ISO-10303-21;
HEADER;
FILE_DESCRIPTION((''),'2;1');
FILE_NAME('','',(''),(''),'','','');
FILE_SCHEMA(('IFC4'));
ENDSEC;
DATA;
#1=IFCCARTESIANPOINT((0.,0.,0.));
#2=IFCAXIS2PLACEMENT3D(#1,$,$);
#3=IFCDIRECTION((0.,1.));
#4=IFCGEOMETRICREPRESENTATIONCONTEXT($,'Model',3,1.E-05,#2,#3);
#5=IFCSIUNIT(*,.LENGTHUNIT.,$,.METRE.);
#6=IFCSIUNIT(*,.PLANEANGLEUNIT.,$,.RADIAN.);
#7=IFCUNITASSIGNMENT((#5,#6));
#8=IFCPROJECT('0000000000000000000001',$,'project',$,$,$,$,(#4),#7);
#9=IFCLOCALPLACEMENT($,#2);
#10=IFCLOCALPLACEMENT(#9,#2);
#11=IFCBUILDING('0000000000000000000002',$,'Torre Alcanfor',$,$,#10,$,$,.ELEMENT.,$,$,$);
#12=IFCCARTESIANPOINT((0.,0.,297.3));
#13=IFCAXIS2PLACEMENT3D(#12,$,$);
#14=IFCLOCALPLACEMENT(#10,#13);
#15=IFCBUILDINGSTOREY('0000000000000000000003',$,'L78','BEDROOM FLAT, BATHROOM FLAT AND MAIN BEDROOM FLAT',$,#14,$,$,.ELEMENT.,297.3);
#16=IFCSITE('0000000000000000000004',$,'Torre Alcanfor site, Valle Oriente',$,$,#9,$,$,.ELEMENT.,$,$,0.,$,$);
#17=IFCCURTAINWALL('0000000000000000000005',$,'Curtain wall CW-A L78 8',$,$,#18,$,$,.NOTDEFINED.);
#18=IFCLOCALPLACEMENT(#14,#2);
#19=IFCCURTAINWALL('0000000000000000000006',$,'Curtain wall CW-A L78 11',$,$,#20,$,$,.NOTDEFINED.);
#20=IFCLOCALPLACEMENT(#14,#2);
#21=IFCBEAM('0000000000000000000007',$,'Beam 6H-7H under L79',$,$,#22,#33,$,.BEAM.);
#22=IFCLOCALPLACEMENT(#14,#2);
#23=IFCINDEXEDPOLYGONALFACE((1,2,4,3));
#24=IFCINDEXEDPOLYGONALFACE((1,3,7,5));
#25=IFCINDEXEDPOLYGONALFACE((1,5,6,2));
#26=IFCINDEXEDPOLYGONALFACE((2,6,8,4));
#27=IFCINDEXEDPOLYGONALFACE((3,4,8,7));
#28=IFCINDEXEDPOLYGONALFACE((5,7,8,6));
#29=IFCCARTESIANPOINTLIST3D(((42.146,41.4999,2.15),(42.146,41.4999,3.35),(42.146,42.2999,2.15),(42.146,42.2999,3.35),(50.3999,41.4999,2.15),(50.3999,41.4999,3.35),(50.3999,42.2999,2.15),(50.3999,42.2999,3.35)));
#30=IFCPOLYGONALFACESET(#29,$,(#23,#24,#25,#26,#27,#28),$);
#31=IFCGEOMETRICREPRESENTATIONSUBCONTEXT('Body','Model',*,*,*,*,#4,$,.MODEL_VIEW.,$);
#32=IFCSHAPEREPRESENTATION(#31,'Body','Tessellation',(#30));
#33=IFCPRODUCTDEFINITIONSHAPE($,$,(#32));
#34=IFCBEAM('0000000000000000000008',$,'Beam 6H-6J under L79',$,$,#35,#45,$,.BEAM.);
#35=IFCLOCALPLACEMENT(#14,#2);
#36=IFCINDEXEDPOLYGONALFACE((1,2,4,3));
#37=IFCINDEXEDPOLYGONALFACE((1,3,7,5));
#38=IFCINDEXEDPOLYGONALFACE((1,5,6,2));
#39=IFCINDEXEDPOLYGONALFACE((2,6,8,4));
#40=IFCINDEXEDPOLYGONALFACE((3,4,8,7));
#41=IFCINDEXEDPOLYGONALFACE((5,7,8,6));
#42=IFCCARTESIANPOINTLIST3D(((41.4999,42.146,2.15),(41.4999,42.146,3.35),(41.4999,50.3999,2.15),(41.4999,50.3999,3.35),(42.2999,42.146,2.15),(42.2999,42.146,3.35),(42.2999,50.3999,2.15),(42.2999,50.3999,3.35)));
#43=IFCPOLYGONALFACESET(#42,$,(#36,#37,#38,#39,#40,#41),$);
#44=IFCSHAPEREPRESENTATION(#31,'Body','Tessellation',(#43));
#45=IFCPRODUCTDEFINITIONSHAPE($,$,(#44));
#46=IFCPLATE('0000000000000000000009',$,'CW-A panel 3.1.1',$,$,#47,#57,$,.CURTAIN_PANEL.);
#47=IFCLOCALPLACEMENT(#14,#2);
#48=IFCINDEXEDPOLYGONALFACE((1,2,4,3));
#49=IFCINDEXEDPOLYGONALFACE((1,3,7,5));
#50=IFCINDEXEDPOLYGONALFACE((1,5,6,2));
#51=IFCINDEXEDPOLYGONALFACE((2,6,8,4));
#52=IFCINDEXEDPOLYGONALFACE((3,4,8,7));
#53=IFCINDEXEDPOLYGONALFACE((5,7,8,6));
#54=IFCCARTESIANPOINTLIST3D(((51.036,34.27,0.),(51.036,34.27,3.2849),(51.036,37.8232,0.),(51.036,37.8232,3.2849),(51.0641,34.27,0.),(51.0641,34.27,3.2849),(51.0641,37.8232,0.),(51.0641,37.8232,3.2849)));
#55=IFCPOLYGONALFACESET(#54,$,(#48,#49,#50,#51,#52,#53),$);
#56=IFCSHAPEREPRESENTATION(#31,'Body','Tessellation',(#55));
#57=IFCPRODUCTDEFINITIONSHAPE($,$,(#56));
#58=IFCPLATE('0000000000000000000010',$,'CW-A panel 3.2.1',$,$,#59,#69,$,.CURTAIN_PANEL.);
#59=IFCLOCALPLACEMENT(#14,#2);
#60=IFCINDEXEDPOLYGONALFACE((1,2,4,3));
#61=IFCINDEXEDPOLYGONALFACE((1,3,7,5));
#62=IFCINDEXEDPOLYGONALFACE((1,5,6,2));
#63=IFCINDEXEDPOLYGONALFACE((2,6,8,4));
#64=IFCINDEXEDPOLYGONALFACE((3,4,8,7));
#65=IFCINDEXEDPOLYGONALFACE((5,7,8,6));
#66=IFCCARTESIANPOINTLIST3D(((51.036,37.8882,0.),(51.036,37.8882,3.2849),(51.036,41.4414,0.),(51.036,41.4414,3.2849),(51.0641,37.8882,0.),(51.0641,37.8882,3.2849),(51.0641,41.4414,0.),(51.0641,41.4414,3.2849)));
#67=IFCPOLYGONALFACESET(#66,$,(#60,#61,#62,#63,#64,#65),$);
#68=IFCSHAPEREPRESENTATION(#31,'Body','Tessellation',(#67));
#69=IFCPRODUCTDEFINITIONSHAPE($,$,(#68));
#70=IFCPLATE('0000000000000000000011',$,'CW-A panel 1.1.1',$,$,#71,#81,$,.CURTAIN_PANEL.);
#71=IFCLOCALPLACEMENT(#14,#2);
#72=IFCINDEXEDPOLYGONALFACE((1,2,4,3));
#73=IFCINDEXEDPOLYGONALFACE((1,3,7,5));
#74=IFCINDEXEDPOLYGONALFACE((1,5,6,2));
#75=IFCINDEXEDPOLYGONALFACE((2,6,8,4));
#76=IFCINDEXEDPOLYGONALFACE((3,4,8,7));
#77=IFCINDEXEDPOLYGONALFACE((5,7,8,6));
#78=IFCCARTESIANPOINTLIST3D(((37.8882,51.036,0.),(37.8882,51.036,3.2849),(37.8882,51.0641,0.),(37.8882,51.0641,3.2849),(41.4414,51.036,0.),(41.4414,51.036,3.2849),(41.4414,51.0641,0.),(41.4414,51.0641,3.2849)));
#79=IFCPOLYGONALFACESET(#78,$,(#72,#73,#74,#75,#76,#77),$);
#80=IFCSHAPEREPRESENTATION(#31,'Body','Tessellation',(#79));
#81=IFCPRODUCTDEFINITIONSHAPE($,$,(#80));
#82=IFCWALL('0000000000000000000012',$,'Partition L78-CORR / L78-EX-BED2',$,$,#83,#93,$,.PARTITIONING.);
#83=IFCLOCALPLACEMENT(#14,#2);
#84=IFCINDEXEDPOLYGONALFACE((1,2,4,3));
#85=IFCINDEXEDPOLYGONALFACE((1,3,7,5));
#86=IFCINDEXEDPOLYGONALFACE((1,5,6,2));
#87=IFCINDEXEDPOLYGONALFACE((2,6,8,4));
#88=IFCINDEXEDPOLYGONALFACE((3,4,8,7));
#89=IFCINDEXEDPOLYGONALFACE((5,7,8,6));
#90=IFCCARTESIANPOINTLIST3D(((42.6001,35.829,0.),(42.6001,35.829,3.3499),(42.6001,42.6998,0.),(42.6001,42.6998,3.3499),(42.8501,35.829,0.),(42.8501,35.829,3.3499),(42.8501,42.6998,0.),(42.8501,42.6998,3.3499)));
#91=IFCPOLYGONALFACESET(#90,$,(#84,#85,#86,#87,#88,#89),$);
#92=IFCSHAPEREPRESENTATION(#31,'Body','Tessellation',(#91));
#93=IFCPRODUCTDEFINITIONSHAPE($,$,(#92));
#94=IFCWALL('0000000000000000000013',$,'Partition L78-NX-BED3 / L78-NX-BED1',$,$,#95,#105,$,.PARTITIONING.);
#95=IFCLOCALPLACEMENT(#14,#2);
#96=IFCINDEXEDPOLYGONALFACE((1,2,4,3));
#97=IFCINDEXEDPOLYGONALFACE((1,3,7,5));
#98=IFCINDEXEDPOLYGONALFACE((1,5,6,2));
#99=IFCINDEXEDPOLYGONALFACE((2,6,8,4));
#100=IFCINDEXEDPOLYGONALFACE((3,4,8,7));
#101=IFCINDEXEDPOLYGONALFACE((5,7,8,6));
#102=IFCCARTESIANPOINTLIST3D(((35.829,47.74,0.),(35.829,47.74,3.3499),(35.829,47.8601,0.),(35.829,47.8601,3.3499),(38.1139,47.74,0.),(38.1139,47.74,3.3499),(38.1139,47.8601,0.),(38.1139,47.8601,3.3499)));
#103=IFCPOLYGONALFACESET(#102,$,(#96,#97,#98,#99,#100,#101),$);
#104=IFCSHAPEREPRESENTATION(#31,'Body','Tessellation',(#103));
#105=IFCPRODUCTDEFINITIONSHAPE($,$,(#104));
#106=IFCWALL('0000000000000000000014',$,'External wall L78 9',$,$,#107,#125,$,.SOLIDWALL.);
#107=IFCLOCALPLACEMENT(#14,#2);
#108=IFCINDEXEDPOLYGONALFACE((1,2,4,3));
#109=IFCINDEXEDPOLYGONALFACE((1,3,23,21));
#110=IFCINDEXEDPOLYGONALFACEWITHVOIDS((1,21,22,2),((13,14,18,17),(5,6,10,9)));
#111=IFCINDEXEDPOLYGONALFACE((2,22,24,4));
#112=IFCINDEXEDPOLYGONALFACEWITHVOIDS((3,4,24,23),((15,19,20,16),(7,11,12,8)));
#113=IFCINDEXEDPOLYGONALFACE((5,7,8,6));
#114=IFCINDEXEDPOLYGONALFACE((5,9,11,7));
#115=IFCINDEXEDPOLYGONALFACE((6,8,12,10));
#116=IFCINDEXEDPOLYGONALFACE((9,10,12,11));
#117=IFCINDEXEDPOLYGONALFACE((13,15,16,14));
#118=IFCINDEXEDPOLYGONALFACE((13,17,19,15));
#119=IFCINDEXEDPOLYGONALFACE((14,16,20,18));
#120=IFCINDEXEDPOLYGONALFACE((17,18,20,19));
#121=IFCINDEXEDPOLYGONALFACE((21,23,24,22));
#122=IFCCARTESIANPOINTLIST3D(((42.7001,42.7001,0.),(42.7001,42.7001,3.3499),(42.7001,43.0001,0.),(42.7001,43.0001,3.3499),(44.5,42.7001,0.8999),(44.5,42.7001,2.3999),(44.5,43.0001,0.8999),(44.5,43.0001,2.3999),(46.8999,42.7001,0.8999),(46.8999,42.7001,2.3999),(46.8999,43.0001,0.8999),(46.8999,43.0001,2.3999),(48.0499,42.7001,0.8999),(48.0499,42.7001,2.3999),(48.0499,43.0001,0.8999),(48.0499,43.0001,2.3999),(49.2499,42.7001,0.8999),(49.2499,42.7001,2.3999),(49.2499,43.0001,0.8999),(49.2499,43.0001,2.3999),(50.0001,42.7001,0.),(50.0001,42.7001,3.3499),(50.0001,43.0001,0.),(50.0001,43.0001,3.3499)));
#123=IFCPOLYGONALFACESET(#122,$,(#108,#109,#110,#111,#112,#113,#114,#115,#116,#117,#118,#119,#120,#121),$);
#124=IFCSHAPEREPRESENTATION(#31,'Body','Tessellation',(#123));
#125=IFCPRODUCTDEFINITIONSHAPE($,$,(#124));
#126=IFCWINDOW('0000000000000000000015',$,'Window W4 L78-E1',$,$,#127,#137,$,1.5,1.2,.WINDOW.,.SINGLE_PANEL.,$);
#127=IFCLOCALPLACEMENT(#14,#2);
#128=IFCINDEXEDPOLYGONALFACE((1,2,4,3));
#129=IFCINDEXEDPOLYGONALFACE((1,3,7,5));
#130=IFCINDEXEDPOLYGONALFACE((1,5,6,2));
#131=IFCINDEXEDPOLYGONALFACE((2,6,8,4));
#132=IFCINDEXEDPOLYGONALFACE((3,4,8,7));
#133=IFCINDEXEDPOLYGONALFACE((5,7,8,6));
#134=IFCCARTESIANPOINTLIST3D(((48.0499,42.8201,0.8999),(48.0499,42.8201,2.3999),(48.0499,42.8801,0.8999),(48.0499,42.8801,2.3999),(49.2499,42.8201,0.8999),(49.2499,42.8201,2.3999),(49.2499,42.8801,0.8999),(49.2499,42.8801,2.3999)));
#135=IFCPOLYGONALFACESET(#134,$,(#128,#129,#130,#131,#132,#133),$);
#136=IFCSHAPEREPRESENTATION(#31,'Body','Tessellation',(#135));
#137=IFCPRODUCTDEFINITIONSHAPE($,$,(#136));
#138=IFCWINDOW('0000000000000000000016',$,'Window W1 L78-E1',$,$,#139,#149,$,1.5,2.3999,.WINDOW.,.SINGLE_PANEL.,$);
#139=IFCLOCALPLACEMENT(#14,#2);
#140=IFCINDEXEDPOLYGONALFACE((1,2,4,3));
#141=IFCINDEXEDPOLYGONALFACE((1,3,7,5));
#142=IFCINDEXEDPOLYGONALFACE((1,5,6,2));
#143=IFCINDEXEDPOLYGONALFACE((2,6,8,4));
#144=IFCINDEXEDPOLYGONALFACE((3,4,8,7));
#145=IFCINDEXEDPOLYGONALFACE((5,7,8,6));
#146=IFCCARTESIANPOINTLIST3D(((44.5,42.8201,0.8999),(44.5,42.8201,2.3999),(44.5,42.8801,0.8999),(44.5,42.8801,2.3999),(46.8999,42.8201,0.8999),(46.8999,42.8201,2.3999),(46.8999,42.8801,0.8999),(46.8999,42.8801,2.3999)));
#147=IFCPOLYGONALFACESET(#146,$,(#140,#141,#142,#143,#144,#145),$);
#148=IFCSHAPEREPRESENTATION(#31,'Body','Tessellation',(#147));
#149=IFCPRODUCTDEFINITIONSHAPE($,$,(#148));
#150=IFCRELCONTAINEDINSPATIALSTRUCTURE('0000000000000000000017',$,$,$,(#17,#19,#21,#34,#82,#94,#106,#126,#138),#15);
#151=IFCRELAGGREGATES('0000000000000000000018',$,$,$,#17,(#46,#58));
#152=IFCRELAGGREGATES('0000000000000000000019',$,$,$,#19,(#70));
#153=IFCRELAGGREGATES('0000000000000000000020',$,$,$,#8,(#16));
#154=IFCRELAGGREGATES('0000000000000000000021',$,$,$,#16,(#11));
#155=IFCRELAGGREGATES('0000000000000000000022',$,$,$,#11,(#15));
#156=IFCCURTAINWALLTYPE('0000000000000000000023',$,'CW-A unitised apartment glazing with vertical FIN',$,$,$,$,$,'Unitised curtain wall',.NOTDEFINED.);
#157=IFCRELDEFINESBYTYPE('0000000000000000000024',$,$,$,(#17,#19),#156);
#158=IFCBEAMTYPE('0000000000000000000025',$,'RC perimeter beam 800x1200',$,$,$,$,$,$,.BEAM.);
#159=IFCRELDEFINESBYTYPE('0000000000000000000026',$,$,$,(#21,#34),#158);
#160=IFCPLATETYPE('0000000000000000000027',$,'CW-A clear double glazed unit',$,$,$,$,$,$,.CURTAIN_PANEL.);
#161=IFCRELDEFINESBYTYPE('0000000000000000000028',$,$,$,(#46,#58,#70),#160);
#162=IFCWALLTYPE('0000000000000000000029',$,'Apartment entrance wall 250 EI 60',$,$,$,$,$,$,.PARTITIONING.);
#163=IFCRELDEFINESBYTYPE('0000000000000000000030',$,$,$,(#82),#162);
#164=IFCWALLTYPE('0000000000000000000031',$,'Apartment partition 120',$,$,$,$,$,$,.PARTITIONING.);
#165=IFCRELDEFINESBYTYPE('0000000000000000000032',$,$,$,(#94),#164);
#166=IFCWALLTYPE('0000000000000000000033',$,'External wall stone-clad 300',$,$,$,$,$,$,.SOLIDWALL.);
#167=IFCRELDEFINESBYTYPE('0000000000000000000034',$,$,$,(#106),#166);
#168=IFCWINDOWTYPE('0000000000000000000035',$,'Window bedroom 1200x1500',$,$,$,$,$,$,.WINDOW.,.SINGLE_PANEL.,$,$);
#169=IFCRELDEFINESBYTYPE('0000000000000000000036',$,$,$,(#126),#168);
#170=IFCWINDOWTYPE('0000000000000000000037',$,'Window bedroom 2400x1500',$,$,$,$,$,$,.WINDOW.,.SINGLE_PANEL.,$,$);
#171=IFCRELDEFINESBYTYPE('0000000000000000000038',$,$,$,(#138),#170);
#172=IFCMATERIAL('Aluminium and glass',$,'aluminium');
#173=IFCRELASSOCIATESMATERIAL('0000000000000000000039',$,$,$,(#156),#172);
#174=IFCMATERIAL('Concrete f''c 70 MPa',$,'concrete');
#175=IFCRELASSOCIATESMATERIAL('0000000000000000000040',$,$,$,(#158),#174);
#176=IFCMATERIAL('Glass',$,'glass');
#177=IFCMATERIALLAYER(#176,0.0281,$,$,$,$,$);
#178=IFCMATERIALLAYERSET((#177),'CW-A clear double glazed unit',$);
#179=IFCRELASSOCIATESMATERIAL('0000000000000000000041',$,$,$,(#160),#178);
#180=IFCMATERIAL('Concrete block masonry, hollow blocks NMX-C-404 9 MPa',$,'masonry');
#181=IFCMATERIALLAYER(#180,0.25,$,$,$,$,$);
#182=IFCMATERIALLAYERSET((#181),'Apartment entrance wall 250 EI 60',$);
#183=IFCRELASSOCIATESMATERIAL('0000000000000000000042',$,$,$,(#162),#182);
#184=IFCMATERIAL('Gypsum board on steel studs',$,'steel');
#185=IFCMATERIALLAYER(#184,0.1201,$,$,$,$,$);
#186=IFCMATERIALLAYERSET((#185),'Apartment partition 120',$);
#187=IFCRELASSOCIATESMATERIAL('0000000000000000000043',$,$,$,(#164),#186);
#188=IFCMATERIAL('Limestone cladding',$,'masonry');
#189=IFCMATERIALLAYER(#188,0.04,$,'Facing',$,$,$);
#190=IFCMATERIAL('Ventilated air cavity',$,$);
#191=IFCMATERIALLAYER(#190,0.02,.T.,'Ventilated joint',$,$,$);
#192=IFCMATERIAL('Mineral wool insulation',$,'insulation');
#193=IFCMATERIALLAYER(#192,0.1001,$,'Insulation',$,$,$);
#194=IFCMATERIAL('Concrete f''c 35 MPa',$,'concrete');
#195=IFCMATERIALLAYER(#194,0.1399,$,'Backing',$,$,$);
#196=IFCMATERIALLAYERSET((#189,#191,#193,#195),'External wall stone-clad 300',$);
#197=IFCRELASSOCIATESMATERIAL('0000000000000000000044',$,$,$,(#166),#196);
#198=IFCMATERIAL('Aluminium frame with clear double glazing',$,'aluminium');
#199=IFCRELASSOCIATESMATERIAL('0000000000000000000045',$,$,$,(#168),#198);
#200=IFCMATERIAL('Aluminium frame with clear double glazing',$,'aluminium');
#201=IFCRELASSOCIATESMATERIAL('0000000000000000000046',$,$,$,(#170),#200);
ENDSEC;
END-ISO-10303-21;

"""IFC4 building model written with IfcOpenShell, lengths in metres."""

from ifc_helpers import new_model, si_unit, direction, frame, frame_2d, origin, origin_2d, place, context, subcontext, project, spatial, rectangle, extrude, material, layer, layer_set, material_profile, profile_set, type_object, element, fill, aggregate, save


model = new_model("IFC4")

# Units and contexts
model_context = context("Model", 3, precision=1e-05, world=origin(), true_north=direction((0.0, 1.0)))
body_context = subcontext(model_context, "Body", "Model", "MODEL_VIEW")
ifc_project = project(units=[si_unit("LENGTHUNIT", "METRE"), si_unit("PLANEANGLEUNIT", "RADIAN")], contexts=[model_context])

# Site, building, storey
site_placement = place(None, origin())
site = spatial("IfcSite", under=ifc_project, at=site_placement, Name="Torre Alcanfor site, Valle Oriente", CompositionType="ELEMENT", RefElevation=0.0)
building_placement = place(site_placement, origin())
building = spatial("IfcBuilding", under=site, at=building_placement, Name="Torre Alcanfor", CompositionType="ELEMENT")
storey_placement = place(building_placement, frame((0.0, 0.0, 297.3)))
storey = spatial("IfcBuildingStorey", under=building, at=storey_placement, Name="L78", Description="BEDROOM FLAT, BATHROOM FLAT AND MAIN BEDROOM FLAT", CompositionType="ELEMENT", Elevation=297.3)

# Curtain wall
ifc_material_1 = material(Name="Aluminium and glass", Category="aluminium")
curtain_wall_type = type_object("IfcCurtainWallType", Name="CW-A unitised apartment glazing with vertical FIN", ElementType="Unitised curtain wall", PredefinedType="NOTDEFINED", material=ifc_material_1)
curtain_wall_1_placement = place(storey_placement, origin())
curtain_wall_1 = element("IfcCurtainWall", 1, at=curtain_wall_1_placement, inside=storey, type_object=curtain_wall_type, Name="Curtain wall CW-A L78 8", PredefinedType="NOTDEFINED")

# Curtain wall
curtain_wall_2_placement = place(storey_placement, origin())
curtain_wall_2 = element("IfcCurtainWall", 2, at=curtain_wall_2_placement, inside=storey, type_object=curtain_wall_type, Name="Curtain wall CW-A L78 11", PredefinedType="NOTDEFINED")

# Beams
ifc_material_2 = material(Name="Concrete f'c 70 MPa", Category="concrete")
ifc_material_profile_1 = material_profile(ifc_material_2, rectangle(XDim=0.8, YDim=1.2, at=origin_2d()), Name="800x1200")
ifc_profile_set_1 = profile_set([ifc_material_profile_1], Name="Concrete f'c 70 MPa")
beam_type = type_object("IfcBeamType", Name="RC perimeter beam 800x1200", PredefinedType="BEAM", material=ifc_profile_set_1)
for number, where, z_axis, x_axis, name in (
    (3, (42.146, 41.8999, 2.75), (1.0, 0.0, 0.0), (0.0, 1.0, 0.0), "Beam 6H-7H under L79"),
    (4, (41.8999, 42.146, 2.75), (0.0, 1.0, 0.0), (-1.0, 0.0, 0.0), "Beam 6H-6J under L79"),
):
    element("IfcBeam", number, at=place(storey_placement, frame(where, z_axis=z_axis, x_axis=x_axis)), inside=storey, type_object=beam_type, Name=name, PredefinedType="BEAM", context=body_context, shape_type="SweptSolid", body=[
        extrude(rectangle(XDim=0.8, YDim=1.2, at=origin_2d()), origin(), (0.0, 0.0, 1.0), 8.2539),
    ])

# Plates
ifc_material_3 = material(Name="Glass", Category="glass")
ifc_layer_1 = layer(ifc_material_3, 0.0281)
ifc_layer_set_1 = layer_set([ifc_layer_1], Name="CW-A clear double glazed unit")
plate_type = type_object("IfcPlateType", Name="CW-A clear double glazed unit", PredefinedType="CURTAIN_PANEL", material=ifc_layer_set_1)
plate_1_placement = place(storey_placement, frame((51.05, 36.0466, 0.0), z_axis=(0.0, 0.0, 1.0), x_axis=(0.0, 1.0, 0.0)))
plate_1 = element("IfcPlate", 5, at=plate_1_placement, type_object=plate_type, Name="CW-A panel 3.1.1", PredefinedType="CURTAIN_PANEL", context=body_context, shape_type="SweptSolid", body=[
    extrude(rectangle(XDim=3.5532, YDim=0.0281, at=origin_2d()), origin(), (0.0, 0.0, 1.0), 3.2849),
])
plate_2_placement = place(storey_placement, frame((51.05, 39.6648, 0.0), z_axis=(0.0, 0.0, 1.0), x_axis=(0.0, 1.0, 0.0)))
plate_2 = element("IfcPlate", 6, at=plate_2_placement, type_object=plate_type, Name="CW-A panel 3.2.1", PredefinedType="CURTAIN_PANEL", context=body_context, shape_type="SweptSolid", body=[
    extrude(rectangle(XDim=3.5532, YDim=0.0281, at=origin_2d()), origin(), (0.0, 0.0, 1.0), 3.2849),
])
aggregate(curtain_wall_1, [plate_1, plate_2])
plate_3_placement = place(storey_placement, frame((39.6648, 51.05, 0.0), z_axis=(0.0, 0.0, 1.0), x_axis=(-1.0, 0.0, 0.0)))
plate_3 = element("IfcPlate", 7, at=plate_3_placement, type_object=plate_type, Name="CW-A panel 1.1.1", PredefinedType="CURTAIN_PANEL", context=body_context, shape_type="SweptSolid", body=[
    extrude(rectangle(XDim=3.5532, YDim=0.0281, at=origin_2d()), origin(), (0.0, 0.0, 1.0), 3.2849),
])
aggregate(curtain_wall_2, [plate_3])

# Walls
ifc_material_4 = material(Name="Concrete block masonry, hollow blocks NMX-C-404 9 MPa", Category="masonry")
ifc_layer_2 = layer(ifc_material_4, 0.25)
ifc_layer_set_2 = layer_set([ifc_layer_2], Name="Apartment entrance wall 250 EI 60")
wall_type_1 = type_object("IfcWallType", Name="Apartment entrance wall 250 EI 60", PredefinedType="PARTITIONING", material=ifc_layer_set_2)
wall_1_placement = place(storey_placement, frame((42.7251, 42.7, 0.0), z_axis=(0.0, 0.0, 1.0), x_axis=(0.0, -1.0, 0.0)))
element("IfcWall", 8, at=wall_1_placement, inside=storey, type_object=wall_type_1, Name="Partition L78-CORR / L78-EX-BED2", PredefinedType="PARTITIONING", context=body_context, shape_type="SweptSolid", body=[
    extrude(rectangle(XDim=6.8708, YDim=0.25, at=frame_2d((3.4355, 0.0))), origin(), (0.0, 0.0, 1.0), 3.3499),
])
ifc_material_5 = material(Name="Gypsum board on steel studs", Category="steel")
ifc_layer_3 = layer(ifc_material_5, 0.1201)
ifc_layer_set_3 = layer_set([ifc_layer_3], Name="Apartment partition 120")
wall_type_2 = type_object("IfcWallType", Name="Apartment partition 120", PredefinedType="PARTITIONING", material=ifc_layer_set_3)
wall_2_placement = place(storey_placement, frame((38.114, 47.8, 0.0), z_axis=(0.0, 0.0, 1.0), x_axis=(-1.0, 0.0, 0.0)))
element("IfcWall", 9, at=wall_2_placement, inside=storey, type_object=wall_type_2, Name="Partition L78-NX-BED3 / L78-NX-BED1", PredefinedType="PARTITIONING", context=body_context, shape_type="SweptSolid", body=[
    extrude(rectangle(XDim=2.2849, YDim=0.1201, at=frame_2d((1.1426, 0.0))), origin(), (0.0, 0.0, 1.0), 3.3499),
])

# Wall, openings, windows
ifc_material_6 = material(Name="Limestone cladding", Category="masonry")
ifc_layer_4 = layer(ifc_material_6, 0.04, Name="Facing")
ifc_material_7 = material(Name="Ventilated air cavity")
ifc_layer_5 = layer(ifc_material_7, 0.02, ventilated=True, Name="Ventilated joint")
ifc_material_8 = material(Name="Mineral wool insulation", Category="insulation")
ifc_layer_6 = layer(ifc_material_8, 0.1001, Name="Insulation")
ifc_material_9 = material(Name="Concrete f'c 35 MPa", Category="concrete")
ifc_layer_7 = layer(ifc_material_9, 0.1399, Name="Backing")
ifc_layer_set_4 = layer_set([ifc_layer_4, ifc_layer_5, ifc_layer_6, ifc_layer_7], Name="External wall stone-clad 300")
wall_type_3 = type_object("IfcWallType", Name="External wall stone-clad 300", PredefinedType="SOLIDWALL", material=ifc_layer_set_4)
wall_3_placement = place(storey_placement, frame((50.0, 42.8501, 0.0), z_axis=(0.0, 0.0, 1.0), x_axis=(-1.0, 0.0, 0.0)))
wall_3 = element("IfcWall", 10, at=wall_3_placement, inside=storey, type_object=wall_type_3, Name="External wall L78 9", PredefinedType="SOLIDWALL", context=body_context, shape_type="SweptSolid", body=[
    extrude(rectangle(XDim=7.3, YDim=0.3, at=frame_2d((3.6499, 0.0))), origin(), (0.0, 0.0, 1.0), 3.3499),
])
opening_1_placement = place(wall_3_placement, frame((3.1001, 0.0, 0.8999)))
opening_1 = element("IfcOpeningElement", 11, at=opening_1_placement, cuts=wall_3, PredefinedType="OPENING", context=body_context, shape_type="SweptSolid", body=[
    extrude(rectangle(XDim=2.3999, YDim=1.5, at=frame_2d((1.2, 0.75))), frame((0.0, 0.1599, 0.0), z_axis=(0.0, -1.0, 0.0), x_axis=(1.0, 0.0, 0.0)), (0.0, 0.0, 1.0), 0.3201),
])
opening_2_placement = place(wall_3_placement, frame((0.75, 0.0, 0.8999)))
opening_2 = element("IfcOpeningElement", 12, at=opening_2_placement, cuts=wall_3, PredefinedType="OPENING", context=body_context, shape_type="SweptSolid", body=[
    extrude(rectangle(XDim=1.2, YDim=1.5, at=frame_2d((0.6001, 0.75))), frame((0.0, 0.1599, 0.0), z_axis=(0.0, -1.0, 0.0), x_axis=(1.0, 0.0, 0.0)), (0.0, 0.0, 1.0), 0.3201),
])
ifc_material_10 = material(Name="Aluminium frame with clear double glazing", Category="aluminium")
window_type_1 = type_object("IfcWindowType", Name="Window bedroom 1200x1500", PartitioningType="SINGLE_PANEL", PredefinedType="WINDOW", material=ifc_material_10)
window_1_placement = place(opening_2_placement, origin())
window_1 = element("IfcWindow", 13, at=window_1_placement, inside=storey, type_object=window_type_1, Name="Window W4 L78-E1", OverallHeight=1.5, OverallWidth=1.2, PartitioningType="SINGLE_PANEL", PredefinedType="WINDOW", context=body_context, shape_type="SweptSolid", body=[
    extrude(rectangle(XDim=1.2, YDim=1.5, at=frame_2d((0.6001, 0.75))), frame((0.0, 0.03, 0.0), z_axis=(0.0, -1.0, 0.0), x_axis=(1.0, 0.0, 0.0)), (0.0, 0.0, 1.0), 0.0601),
])
fill(opening_2, window_1)
ifc_material_11 = material(Name="Aluminium frame with clear double glazing", Category="aluminium")
window_type_2 = type_object("IfcWindowType", Name="Window bedroom 2400x1500", PartitioningType="SINGLE_PANEL", PredefinedType="WINDOW", material=ifc_material_11)
window_2_placement = place(opening_1_placement, origin())
window_2 = element("IfcWindow", 14, at=window_2_placement, inside=storey, type_object=window_type_2, Name="Window W1 L78-E1", OverallHeight=1.5, OverallWidth=2.3999, PartitioningType="SINGLE_PANEL", PredefinedType="WINDOW", context=body_context, shape_type="SweptSolid", body=[
    extrude(rectangle(XDim=2.3999, YDim=1.5, at=frame_2d((1.2, 0.75))), frame((0.0, 0.03, 0.0), z_axis=(0.0, -1.0, 0.0), x_axis=(1.0, 0.0, 0.0)), (0.0, 0.0, 1.0), 0.0601),
])
fill(opening_1, window_2)

save(model, "model.ifc")
